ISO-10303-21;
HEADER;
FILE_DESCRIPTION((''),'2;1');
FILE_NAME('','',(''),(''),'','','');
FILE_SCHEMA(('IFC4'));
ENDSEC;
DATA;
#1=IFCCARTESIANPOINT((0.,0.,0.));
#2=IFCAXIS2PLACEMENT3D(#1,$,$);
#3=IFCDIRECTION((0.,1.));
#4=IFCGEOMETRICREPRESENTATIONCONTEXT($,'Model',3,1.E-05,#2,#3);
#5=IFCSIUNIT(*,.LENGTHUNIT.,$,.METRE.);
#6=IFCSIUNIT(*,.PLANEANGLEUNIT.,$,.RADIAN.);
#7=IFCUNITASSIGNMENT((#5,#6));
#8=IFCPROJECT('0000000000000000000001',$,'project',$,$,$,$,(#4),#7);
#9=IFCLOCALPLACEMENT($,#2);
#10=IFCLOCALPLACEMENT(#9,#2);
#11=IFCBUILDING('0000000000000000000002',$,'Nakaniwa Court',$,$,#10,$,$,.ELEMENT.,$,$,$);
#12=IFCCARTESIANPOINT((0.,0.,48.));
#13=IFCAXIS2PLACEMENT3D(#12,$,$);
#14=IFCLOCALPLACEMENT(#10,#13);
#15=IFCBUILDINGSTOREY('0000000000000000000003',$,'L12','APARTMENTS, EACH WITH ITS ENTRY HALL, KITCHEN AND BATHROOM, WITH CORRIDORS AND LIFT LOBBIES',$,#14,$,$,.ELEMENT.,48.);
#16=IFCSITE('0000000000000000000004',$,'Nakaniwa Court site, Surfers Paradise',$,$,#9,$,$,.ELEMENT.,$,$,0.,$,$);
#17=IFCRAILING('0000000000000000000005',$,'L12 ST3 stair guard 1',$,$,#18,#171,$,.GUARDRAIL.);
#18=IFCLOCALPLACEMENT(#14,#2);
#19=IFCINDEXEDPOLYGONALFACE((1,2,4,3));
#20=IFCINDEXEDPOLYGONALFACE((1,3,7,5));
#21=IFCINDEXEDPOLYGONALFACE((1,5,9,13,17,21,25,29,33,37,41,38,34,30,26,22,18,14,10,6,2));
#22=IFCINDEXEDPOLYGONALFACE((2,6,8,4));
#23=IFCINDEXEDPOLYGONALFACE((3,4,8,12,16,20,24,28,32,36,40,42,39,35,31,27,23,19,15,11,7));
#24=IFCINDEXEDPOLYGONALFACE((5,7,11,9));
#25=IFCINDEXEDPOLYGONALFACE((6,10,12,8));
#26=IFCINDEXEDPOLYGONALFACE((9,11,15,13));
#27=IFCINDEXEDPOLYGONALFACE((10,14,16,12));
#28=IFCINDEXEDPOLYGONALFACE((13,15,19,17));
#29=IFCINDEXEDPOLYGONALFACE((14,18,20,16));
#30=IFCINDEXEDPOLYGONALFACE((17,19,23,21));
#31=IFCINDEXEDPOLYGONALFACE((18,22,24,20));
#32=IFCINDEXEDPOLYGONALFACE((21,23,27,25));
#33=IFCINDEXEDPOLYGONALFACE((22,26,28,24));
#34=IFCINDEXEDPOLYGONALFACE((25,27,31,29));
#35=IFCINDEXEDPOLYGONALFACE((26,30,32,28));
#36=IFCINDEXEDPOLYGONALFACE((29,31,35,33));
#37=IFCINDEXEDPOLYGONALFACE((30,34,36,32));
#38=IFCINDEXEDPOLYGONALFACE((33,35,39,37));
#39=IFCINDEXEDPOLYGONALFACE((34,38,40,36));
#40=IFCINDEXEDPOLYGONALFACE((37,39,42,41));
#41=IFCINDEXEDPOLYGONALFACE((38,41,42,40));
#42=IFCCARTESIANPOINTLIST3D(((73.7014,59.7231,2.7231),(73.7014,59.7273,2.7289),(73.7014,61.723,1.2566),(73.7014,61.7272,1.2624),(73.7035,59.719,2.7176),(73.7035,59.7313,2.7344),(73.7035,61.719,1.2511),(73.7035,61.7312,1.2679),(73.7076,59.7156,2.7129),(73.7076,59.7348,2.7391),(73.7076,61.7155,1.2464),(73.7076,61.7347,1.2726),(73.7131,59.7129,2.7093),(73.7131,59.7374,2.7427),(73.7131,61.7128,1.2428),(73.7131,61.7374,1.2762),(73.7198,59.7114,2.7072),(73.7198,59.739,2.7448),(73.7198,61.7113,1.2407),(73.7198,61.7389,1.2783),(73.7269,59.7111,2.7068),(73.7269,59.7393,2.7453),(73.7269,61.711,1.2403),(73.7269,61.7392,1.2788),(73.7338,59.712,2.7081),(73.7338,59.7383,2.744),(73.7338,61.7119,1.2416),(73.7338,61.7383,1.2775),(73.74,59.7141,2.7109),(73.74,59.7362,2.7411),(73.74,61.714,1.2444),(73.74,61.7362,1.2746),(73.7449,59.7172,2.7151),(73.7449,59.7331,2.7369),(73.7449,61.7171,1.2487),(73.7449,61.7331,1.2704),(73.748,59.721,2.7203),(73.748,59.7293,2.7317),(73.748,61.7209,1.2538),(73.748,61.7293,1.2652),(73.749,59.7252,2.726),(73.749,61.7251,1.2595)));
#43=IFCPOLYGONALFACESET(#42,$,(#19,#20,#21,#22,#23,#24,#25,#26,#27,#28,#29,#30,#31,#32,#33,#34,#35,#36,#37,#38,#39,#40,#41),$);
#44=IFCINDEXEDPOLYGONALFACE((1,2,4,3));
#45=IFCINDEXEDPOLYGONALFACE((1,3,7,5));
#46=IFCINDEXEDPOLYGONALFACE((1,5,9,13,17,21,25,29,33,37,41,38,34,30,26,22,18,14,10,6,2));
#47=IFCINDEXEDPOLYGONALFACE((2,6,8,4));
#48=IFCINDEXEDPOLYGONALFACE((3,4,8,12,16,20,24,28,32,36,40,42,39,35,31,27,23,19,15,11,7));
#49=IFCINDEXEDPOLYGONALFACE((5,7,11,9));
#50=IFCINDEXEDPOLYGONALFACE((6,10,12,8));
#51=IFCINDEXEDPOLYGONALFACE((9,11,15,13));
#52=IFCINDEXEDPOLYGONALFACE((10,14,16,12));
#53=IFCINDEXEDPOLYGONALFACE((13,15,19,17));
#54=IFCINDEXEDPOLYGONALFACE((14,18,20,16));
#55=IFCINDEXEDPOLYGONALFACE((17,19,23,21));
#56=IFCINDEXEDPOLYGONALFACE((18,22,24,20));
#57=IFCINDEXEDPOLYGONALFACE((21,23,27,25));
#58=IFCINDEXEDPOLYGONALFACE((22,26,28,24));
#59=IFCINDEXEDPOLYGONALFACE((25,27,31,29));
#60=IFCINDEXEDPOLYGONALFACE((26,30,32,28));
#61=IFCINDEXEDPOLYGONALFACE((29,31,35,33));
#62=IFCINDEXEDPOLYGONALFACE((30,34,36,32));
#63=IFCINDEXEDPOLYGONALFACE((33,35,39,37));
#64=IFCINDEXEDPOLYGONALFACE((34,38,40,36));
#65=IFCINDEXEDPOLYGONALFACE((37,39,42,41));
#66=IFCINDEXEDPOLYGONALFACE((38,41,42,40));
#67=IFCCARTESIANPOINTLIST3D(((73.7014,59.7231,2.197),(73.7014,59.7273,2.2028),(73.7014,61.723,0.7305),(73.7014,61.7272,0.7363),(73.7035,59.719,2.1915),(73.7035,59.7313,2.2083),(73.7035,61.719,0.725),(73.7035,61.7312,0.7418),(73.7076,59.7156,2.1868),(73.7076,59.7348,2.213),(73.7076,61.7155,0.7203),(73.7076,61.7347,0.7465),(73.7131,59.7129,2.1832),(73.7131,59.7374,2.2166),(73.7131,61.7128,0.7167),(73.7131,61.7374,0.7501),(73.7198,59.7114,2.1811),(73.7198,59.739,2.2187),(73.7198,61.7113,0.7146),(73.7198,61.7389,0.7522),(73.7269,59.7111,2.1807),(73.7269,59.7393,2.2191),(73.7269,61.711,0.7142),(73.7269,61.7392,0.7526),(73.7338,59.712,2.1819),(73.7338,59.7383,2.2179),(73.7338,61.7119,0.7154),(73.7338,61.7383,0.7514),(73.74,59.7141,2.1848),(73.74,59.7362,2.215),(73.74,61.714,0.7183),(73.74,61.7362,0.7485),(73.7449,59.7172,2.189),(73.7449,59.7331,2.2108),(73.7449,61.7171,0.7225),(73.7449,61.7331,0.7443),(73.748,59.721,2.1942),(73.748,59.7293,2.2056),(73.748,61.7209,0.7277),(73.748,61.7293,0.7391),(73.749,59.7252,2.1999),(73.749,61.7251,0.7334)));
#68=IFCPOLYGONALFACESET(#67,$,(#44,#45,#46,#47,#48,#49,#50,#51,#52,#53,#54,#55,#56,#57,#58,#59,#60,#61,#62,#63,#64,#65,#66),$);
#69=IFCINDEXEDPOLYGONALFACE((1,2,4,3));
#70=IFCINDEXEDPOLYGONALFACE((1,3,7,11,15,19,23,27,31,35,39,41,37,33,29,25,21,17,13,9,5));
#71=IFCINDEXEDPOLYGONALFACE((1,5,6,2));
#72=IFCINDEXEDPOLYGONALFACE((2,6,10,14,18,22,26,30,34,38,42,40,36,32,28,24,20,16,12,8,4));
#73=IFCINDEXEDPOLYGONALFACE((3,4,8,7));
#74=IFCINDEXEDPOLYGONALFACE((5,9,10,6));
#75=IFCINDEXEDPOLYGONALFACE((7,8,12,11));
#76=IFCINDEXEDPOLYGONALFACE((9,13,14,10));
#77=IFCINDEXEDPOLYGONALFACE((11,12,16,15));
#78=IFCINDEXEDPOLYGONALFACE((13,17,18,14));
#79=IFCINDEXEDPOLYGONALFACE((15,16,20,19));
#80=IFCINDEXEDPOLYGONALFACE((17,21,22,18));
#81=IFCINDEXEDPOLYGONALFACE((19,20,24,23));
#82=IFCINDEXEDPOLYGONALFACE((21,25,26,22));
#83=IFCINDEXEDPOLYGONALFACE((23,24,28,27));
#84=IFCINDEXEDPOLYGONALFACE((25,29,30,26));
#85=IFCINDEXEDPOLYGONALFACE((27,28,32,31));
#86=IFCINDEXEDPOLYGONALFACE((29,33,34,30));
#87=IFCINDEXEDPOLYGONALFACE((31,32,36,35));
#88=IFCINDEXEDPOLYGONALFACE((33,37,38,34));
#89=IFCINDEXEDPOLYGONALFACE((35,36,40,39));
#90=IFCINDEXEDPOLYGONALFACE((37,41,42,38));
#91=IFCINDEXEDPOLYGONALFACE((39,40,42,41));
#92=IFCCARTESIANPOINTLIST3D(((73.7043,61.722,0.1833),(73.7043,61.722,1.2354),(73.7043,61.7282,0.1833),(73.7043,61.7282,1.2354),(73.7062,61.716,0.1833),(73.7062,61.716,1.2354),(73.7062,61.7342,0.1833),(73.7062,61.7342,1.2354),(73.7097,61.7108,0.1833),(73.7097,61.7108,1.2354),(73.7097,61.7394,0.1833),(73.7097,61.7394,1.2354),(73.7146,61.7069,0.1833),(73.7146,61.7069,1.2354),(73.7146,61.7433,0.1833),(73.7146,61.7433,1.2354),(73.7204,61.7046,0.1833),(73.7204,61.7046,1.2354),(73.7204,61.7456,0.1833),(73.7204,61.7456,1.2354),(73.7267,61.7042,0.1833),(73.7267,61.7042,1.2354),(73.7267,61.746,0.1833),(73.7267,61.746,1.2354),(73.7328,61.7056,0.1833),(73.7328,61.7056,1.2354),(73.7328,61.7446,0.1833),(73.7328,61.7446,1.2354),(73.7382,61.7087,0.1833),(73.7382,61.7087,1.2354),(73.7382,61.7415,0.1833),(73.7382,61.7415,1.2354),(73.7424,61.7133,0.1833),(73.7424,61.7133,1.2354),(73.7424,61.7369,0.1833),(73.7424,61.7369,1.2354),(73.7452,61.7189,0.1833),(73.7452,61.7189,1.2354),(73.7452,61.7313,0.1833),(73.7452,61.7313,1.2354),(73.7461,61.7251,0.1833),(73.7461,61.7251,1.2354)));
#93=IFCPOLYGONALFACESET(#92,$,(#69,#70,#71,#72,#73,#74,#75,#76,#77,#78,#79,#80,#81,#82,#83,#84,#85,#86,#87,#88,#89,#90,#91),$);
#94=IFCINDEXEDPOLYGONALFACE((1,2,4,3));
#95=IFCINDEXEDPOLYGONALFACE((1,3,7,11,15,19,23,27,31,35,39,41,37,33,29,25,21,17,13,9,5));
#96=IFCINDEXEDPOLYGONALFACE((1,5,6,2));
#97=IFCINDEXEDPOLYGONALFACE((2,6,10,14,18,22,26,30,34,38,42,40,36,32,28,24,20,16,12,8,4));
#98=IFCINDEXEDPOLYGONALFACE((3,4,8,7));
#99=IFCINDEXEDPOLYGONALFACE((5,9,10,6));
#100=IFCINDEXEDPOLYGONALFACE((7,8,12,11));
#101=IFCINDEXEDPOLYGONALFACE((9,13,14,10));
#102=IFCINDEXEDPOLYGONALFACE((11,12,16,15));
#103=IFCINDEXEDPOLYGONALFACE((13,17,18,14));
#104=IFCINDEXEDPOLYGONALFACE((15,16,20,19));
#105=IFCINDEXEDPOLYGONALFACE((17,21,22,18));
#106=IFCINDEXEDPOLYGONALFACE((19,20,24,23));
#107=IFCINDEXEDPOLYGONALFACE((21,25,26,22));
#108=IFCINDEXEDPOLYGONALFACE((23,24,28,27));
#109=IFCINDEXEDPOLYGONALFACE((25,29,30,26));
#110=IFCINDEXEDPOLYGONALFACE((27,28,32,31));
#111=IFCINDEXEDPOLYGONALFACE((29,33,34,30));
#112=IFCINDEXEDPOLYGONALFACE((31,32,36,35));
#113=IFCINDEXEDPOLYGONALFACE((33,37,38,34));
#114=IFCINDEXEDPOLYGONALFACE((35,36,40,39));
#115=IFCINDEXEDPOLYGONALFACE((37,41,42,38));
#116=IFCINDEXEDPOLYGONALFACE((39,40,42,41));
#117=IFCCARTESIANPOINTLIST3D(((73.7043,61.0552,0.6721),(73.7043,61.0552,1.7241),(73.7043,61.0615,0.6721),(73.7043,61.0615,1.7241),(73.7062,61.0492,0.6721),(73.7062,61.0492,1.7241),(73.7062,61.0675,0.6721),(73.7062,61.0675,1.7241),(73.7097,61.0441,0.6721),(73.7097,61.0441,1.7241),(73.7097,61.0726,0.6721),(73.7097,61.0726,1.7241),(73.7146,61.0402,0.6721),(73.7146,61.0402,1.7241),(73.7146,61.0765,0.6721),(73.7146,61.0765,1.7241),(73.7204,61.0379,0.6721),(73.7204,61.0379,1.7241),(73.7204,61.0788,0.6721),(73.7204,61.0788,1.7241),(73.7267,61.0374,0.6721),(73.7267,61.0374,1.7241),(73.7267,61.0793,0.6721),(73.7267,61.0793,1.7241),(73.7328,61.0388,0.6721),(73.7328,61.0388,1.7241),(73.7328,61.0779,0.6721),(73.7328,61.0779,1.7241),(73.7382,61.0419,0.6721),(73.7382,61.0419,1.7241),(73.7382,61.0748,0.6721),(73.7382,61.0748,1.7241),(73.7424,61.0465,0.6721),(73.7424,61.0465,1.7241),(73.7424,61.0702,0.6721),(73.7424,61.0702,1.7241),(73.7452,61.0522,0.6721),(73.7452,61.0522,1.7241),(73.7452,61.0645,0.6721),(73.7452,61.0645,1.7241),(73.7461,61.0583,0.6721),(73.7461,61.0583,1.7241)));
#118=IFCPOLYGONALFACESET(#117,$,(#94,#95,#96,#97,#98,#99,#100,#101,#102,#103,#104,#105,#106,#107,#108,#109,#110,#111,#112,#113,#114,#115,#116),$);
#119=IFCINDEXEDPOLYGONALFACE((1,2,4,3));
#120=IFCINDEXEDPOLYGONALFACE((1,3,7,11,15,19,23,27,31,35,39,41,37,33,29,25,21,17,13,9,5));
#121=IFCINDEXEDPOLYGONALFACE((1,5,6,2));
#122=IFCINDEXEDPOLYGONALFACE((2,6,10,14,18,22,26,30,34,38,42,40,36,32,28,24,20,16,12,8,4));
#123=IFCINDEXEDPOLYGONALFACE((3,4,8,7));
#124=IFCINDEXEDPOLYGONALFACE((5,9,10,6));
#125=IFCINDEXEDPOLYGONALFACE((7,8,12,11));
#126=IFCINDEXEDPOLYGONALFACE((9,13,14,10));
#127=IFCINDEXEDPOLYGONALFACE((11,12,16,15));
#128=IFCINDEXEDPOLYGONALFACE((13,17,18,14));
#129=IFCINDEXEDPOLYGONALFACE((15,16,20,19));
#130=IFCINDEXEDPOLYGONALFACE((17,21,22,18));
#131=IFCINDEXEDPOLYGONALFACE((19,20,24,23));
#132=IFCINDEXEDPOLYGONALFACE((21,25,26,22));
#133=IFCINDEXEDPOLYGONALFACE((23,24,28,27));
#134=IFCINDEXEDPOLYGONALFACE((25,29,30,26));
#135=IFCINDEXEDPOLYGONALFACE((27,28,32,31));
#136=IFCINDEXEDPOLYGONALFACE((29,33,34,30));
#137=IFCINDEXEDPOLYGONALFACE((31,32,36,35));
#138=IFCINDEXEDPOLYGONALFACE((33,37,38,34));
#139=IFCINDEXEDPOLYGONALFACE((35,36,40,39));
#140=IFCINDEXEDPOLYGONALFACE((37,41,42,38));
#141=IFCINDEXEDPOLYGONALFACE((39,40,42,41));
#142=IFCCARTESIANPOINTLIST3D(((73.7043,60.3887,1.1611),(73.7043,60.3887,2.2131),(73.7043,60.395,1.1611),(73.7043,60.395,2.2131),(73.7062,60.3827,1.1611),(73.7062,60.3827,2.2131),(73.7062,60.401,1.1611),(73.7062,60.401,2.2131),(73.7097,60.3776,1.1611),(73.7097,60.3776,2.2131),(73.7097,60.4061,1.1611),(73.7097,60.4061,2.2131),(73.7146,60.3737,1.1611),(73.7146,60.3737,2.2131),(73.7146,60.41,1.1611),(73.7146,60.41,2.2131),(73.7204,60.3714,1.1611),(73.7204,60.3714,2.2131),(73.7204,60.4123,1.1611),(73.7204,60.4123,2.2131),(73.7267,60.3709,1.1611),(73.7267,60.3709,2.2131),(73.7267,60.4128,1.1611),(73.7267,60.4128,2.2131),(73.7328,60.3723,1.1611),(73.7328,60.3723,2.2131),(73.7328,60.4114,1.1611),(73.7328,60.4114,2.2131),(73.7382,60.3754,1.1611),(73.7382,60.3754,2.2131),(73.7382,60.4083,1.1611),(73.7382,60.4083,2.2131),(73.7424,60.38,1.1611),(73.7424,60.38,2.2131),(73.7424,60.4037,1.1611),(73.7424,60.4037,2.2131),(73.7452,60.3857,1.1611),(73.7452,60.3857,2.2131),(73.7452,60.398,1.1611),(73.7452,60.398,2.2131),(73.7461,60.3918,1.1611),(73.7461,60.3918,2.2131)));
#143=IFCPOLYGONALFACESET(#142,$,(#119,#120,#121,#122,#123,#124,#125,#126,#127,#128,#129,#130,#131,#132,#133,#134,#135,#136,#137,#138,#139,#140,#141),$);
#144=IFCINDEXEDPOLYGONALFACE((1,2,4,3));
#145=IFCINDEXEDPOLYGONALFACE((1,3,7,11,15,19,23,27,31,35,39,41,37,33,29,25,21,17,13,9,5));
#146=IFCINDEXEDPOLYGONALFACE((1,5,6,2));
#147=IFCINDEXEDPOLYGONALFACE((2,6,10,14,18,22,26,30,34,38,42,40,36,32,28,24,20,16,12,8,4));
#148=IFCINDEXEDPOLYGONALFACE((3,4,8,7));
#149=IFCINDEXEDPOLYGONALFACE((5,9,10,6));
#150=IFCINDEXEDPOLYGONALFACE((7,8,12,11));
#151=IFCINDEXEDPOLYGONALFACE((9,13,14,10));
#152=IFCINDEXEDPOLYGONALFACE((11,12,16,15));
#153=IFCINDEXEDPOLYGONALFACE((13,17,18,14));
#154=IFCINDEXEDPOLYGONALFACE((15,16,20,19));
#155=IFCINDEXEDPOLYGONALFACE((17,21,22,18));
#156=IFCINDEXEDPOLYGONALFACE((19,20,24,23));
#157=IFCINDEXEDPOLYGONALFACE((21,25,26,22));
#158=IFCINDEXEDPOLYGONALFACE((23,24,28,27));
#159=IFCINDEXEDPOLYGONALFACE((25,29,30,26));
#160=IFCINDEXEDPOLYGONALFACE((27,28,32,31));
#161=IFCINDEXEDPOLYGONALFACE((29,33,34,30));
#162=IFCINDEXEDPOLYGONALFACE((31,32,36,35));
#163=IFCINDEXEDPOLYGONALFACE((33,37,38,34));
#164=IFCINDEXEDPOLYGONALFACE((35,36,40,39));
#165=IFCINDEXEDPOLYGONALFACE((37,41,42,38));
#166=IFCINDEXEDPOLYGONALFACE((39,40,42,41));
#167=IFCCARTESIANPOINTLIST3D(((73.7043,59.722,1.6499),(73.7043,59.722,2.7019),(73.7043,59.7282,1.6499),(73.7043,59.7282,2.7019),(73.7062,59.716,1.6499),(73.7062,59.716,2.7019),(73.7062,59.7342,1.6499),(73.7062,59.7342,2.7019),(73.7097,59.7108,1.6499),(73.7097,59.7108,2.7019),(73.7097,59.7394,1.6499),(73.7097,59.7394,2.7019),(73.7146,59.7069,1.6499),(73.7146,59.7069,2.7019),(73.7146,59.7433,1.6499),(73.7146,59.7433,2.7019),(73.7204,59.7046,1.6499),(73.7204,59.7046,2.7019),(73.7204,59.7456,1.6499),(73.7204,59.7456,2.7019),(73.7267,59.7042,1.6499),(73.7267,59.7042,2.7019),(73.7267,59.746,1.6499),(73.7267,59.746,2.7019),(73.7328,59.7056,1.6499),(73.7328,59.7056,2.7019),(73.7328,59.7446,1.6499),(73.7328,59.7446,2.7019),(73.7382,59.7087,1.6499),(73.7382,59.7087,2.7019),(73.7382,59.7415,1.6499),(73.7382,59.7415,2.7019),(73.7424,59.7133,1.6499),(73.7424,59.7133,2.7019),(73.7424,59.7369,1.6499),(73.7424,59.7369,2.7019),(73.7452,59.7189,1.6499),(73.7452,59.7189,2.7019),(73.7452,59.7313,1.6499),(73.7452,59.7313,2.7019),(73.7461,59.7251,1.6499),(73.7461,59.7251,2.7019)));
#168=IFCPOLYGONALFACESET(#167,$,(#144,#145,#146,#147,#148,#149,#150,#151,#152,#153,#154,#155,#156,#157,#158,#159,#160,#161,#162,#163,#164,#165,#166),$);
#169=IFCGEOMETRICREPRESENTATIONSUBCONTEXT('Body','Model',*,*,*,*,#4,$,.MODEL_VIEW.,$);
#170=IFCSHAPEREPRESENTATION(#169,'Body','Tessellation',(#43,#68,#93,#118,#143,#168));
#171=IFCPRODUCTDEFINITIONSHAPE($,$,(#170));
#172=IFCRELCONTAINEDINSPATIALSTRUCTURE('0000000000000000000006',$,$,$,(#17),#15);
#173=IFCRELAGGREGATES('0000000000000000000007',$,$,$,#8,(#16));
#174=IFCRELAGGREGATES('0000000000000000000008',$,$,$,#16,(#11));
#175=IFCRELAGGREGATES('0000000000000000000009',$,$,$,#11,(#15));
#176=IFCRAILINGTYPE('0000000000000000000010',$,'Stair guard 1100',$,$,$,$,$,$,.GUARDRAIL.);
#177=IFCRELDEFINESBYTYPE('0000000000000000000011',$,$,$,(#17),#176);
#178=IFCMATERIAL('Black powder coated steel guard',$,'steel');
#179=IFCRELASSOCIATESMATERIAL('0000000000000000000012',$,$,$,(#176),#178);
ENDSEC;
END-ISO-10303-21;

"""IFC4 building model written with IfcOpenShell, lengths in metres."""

from ifc_helpers import new_model, si_unit, direction, frame, origin, origin_2d, place, context, subcontext, project, spatial, circle, extrude, material, type_object, element, save


model = new_model("IFC4")

# Units and contexts
model_context = context("Model", 3, precision=1e-05, world=origin(), true_north=direction((0.0, 1.0)))
body_context = subcontext(model_context, "Body", "Model", "MODEL_VIEW")
ifc_project = project(units=[si_unit("LENGTHUNIT", "METRE"), si_unit("PLANEANGLEUNIT", "RADIAN")], contexts=[model_context])

# Site, building, storey
site_placement = place(None, origin())
site = spatial("IfcSite", under=ifc_project, at=site_placement, Name="Nakaniwa Court site, Surfers Paradise", CompositionType="ELEMENT", RefElevation=0.0)
building_placement = place(site_placement, origin())
building = spatial("IfcBuilding", under=site, at=building_placement, Name="Nakaniwa Court", CompositionType="ELEMENT")
storey_placement = place(building_placement, frame((0.0, 0.0, 48.0)))
storey = spatial("IfcBuildingStorey", under=building, at=storey_placement, Name="L12", Description="APARTMENTS, EACH WITH ITS ENTRY HALL, KITCHEN AND BATHROOM, WITH CORRIDORS AND LIFT LOBBIES", CompositionType="ELEMENT", Elevation=48.0)

# Railing
ifc_material_1 = material(Name="Black powder coated steel guard", Category="steel")
railing_type_1 = type_object("IfcRailingType", Name="Stair guard 1100", PredefinedType="GUARDRAIL", material=ifc_material_1)
railing_1_placement = place(storey_placement, frame((73.7251, 61.7251, 0.1833)))
element("IfcRailing", 1, at=railing_1_placement, inside=storey, type_object=railing_type_1, Name="L12 ST3 stair guard 1", PredefinedType="GUARDRAIL", context=body_context, shape_type="SweptSolid", body=[
    extrude(circle(Radius=0.0239, at=origin_2d()), frame((0.0, 0.0, 1.0762), z_axis=(0.0, -0.806427, 0.591334), x_axis=(1.0, 0.0, 0.0)), (0.0, 0.0, 1.0), 2.48),
    extrude(circle(Radius=0.0239, at=origin_2d()), frame((0.0, 0.0, 0.55), z_axis=(0.0, -0.806427, 0.591334), x_axis=(1.0, 0.0, 0.0)), (0.0, 0.0, 1.0), 2.48),
    extrude(circle(Radius=0.021, at=origin_2d()), origin(), (0.0, 0.0, 1.0), 1.052),
    extrude(circle(Radius=0.021, at=origin_2d()), frame((0.0, -0.6667, 0.4888)), (0.0, 0.0, 1.0), 1.052),
    extrude(circle(Radius=0.021, at=origin_2d()), frame((0.0, -1.3333, 0.9778)), (0.0, 0.0, 1.0), 1.052),
    extrude(circle(Radius=0.021, at=origin_2d()), frame((0.0, -2.0, 1.4666)), (0.0, 0.0, 1.0), 1.052),
])

save(model, "model.ifc")
